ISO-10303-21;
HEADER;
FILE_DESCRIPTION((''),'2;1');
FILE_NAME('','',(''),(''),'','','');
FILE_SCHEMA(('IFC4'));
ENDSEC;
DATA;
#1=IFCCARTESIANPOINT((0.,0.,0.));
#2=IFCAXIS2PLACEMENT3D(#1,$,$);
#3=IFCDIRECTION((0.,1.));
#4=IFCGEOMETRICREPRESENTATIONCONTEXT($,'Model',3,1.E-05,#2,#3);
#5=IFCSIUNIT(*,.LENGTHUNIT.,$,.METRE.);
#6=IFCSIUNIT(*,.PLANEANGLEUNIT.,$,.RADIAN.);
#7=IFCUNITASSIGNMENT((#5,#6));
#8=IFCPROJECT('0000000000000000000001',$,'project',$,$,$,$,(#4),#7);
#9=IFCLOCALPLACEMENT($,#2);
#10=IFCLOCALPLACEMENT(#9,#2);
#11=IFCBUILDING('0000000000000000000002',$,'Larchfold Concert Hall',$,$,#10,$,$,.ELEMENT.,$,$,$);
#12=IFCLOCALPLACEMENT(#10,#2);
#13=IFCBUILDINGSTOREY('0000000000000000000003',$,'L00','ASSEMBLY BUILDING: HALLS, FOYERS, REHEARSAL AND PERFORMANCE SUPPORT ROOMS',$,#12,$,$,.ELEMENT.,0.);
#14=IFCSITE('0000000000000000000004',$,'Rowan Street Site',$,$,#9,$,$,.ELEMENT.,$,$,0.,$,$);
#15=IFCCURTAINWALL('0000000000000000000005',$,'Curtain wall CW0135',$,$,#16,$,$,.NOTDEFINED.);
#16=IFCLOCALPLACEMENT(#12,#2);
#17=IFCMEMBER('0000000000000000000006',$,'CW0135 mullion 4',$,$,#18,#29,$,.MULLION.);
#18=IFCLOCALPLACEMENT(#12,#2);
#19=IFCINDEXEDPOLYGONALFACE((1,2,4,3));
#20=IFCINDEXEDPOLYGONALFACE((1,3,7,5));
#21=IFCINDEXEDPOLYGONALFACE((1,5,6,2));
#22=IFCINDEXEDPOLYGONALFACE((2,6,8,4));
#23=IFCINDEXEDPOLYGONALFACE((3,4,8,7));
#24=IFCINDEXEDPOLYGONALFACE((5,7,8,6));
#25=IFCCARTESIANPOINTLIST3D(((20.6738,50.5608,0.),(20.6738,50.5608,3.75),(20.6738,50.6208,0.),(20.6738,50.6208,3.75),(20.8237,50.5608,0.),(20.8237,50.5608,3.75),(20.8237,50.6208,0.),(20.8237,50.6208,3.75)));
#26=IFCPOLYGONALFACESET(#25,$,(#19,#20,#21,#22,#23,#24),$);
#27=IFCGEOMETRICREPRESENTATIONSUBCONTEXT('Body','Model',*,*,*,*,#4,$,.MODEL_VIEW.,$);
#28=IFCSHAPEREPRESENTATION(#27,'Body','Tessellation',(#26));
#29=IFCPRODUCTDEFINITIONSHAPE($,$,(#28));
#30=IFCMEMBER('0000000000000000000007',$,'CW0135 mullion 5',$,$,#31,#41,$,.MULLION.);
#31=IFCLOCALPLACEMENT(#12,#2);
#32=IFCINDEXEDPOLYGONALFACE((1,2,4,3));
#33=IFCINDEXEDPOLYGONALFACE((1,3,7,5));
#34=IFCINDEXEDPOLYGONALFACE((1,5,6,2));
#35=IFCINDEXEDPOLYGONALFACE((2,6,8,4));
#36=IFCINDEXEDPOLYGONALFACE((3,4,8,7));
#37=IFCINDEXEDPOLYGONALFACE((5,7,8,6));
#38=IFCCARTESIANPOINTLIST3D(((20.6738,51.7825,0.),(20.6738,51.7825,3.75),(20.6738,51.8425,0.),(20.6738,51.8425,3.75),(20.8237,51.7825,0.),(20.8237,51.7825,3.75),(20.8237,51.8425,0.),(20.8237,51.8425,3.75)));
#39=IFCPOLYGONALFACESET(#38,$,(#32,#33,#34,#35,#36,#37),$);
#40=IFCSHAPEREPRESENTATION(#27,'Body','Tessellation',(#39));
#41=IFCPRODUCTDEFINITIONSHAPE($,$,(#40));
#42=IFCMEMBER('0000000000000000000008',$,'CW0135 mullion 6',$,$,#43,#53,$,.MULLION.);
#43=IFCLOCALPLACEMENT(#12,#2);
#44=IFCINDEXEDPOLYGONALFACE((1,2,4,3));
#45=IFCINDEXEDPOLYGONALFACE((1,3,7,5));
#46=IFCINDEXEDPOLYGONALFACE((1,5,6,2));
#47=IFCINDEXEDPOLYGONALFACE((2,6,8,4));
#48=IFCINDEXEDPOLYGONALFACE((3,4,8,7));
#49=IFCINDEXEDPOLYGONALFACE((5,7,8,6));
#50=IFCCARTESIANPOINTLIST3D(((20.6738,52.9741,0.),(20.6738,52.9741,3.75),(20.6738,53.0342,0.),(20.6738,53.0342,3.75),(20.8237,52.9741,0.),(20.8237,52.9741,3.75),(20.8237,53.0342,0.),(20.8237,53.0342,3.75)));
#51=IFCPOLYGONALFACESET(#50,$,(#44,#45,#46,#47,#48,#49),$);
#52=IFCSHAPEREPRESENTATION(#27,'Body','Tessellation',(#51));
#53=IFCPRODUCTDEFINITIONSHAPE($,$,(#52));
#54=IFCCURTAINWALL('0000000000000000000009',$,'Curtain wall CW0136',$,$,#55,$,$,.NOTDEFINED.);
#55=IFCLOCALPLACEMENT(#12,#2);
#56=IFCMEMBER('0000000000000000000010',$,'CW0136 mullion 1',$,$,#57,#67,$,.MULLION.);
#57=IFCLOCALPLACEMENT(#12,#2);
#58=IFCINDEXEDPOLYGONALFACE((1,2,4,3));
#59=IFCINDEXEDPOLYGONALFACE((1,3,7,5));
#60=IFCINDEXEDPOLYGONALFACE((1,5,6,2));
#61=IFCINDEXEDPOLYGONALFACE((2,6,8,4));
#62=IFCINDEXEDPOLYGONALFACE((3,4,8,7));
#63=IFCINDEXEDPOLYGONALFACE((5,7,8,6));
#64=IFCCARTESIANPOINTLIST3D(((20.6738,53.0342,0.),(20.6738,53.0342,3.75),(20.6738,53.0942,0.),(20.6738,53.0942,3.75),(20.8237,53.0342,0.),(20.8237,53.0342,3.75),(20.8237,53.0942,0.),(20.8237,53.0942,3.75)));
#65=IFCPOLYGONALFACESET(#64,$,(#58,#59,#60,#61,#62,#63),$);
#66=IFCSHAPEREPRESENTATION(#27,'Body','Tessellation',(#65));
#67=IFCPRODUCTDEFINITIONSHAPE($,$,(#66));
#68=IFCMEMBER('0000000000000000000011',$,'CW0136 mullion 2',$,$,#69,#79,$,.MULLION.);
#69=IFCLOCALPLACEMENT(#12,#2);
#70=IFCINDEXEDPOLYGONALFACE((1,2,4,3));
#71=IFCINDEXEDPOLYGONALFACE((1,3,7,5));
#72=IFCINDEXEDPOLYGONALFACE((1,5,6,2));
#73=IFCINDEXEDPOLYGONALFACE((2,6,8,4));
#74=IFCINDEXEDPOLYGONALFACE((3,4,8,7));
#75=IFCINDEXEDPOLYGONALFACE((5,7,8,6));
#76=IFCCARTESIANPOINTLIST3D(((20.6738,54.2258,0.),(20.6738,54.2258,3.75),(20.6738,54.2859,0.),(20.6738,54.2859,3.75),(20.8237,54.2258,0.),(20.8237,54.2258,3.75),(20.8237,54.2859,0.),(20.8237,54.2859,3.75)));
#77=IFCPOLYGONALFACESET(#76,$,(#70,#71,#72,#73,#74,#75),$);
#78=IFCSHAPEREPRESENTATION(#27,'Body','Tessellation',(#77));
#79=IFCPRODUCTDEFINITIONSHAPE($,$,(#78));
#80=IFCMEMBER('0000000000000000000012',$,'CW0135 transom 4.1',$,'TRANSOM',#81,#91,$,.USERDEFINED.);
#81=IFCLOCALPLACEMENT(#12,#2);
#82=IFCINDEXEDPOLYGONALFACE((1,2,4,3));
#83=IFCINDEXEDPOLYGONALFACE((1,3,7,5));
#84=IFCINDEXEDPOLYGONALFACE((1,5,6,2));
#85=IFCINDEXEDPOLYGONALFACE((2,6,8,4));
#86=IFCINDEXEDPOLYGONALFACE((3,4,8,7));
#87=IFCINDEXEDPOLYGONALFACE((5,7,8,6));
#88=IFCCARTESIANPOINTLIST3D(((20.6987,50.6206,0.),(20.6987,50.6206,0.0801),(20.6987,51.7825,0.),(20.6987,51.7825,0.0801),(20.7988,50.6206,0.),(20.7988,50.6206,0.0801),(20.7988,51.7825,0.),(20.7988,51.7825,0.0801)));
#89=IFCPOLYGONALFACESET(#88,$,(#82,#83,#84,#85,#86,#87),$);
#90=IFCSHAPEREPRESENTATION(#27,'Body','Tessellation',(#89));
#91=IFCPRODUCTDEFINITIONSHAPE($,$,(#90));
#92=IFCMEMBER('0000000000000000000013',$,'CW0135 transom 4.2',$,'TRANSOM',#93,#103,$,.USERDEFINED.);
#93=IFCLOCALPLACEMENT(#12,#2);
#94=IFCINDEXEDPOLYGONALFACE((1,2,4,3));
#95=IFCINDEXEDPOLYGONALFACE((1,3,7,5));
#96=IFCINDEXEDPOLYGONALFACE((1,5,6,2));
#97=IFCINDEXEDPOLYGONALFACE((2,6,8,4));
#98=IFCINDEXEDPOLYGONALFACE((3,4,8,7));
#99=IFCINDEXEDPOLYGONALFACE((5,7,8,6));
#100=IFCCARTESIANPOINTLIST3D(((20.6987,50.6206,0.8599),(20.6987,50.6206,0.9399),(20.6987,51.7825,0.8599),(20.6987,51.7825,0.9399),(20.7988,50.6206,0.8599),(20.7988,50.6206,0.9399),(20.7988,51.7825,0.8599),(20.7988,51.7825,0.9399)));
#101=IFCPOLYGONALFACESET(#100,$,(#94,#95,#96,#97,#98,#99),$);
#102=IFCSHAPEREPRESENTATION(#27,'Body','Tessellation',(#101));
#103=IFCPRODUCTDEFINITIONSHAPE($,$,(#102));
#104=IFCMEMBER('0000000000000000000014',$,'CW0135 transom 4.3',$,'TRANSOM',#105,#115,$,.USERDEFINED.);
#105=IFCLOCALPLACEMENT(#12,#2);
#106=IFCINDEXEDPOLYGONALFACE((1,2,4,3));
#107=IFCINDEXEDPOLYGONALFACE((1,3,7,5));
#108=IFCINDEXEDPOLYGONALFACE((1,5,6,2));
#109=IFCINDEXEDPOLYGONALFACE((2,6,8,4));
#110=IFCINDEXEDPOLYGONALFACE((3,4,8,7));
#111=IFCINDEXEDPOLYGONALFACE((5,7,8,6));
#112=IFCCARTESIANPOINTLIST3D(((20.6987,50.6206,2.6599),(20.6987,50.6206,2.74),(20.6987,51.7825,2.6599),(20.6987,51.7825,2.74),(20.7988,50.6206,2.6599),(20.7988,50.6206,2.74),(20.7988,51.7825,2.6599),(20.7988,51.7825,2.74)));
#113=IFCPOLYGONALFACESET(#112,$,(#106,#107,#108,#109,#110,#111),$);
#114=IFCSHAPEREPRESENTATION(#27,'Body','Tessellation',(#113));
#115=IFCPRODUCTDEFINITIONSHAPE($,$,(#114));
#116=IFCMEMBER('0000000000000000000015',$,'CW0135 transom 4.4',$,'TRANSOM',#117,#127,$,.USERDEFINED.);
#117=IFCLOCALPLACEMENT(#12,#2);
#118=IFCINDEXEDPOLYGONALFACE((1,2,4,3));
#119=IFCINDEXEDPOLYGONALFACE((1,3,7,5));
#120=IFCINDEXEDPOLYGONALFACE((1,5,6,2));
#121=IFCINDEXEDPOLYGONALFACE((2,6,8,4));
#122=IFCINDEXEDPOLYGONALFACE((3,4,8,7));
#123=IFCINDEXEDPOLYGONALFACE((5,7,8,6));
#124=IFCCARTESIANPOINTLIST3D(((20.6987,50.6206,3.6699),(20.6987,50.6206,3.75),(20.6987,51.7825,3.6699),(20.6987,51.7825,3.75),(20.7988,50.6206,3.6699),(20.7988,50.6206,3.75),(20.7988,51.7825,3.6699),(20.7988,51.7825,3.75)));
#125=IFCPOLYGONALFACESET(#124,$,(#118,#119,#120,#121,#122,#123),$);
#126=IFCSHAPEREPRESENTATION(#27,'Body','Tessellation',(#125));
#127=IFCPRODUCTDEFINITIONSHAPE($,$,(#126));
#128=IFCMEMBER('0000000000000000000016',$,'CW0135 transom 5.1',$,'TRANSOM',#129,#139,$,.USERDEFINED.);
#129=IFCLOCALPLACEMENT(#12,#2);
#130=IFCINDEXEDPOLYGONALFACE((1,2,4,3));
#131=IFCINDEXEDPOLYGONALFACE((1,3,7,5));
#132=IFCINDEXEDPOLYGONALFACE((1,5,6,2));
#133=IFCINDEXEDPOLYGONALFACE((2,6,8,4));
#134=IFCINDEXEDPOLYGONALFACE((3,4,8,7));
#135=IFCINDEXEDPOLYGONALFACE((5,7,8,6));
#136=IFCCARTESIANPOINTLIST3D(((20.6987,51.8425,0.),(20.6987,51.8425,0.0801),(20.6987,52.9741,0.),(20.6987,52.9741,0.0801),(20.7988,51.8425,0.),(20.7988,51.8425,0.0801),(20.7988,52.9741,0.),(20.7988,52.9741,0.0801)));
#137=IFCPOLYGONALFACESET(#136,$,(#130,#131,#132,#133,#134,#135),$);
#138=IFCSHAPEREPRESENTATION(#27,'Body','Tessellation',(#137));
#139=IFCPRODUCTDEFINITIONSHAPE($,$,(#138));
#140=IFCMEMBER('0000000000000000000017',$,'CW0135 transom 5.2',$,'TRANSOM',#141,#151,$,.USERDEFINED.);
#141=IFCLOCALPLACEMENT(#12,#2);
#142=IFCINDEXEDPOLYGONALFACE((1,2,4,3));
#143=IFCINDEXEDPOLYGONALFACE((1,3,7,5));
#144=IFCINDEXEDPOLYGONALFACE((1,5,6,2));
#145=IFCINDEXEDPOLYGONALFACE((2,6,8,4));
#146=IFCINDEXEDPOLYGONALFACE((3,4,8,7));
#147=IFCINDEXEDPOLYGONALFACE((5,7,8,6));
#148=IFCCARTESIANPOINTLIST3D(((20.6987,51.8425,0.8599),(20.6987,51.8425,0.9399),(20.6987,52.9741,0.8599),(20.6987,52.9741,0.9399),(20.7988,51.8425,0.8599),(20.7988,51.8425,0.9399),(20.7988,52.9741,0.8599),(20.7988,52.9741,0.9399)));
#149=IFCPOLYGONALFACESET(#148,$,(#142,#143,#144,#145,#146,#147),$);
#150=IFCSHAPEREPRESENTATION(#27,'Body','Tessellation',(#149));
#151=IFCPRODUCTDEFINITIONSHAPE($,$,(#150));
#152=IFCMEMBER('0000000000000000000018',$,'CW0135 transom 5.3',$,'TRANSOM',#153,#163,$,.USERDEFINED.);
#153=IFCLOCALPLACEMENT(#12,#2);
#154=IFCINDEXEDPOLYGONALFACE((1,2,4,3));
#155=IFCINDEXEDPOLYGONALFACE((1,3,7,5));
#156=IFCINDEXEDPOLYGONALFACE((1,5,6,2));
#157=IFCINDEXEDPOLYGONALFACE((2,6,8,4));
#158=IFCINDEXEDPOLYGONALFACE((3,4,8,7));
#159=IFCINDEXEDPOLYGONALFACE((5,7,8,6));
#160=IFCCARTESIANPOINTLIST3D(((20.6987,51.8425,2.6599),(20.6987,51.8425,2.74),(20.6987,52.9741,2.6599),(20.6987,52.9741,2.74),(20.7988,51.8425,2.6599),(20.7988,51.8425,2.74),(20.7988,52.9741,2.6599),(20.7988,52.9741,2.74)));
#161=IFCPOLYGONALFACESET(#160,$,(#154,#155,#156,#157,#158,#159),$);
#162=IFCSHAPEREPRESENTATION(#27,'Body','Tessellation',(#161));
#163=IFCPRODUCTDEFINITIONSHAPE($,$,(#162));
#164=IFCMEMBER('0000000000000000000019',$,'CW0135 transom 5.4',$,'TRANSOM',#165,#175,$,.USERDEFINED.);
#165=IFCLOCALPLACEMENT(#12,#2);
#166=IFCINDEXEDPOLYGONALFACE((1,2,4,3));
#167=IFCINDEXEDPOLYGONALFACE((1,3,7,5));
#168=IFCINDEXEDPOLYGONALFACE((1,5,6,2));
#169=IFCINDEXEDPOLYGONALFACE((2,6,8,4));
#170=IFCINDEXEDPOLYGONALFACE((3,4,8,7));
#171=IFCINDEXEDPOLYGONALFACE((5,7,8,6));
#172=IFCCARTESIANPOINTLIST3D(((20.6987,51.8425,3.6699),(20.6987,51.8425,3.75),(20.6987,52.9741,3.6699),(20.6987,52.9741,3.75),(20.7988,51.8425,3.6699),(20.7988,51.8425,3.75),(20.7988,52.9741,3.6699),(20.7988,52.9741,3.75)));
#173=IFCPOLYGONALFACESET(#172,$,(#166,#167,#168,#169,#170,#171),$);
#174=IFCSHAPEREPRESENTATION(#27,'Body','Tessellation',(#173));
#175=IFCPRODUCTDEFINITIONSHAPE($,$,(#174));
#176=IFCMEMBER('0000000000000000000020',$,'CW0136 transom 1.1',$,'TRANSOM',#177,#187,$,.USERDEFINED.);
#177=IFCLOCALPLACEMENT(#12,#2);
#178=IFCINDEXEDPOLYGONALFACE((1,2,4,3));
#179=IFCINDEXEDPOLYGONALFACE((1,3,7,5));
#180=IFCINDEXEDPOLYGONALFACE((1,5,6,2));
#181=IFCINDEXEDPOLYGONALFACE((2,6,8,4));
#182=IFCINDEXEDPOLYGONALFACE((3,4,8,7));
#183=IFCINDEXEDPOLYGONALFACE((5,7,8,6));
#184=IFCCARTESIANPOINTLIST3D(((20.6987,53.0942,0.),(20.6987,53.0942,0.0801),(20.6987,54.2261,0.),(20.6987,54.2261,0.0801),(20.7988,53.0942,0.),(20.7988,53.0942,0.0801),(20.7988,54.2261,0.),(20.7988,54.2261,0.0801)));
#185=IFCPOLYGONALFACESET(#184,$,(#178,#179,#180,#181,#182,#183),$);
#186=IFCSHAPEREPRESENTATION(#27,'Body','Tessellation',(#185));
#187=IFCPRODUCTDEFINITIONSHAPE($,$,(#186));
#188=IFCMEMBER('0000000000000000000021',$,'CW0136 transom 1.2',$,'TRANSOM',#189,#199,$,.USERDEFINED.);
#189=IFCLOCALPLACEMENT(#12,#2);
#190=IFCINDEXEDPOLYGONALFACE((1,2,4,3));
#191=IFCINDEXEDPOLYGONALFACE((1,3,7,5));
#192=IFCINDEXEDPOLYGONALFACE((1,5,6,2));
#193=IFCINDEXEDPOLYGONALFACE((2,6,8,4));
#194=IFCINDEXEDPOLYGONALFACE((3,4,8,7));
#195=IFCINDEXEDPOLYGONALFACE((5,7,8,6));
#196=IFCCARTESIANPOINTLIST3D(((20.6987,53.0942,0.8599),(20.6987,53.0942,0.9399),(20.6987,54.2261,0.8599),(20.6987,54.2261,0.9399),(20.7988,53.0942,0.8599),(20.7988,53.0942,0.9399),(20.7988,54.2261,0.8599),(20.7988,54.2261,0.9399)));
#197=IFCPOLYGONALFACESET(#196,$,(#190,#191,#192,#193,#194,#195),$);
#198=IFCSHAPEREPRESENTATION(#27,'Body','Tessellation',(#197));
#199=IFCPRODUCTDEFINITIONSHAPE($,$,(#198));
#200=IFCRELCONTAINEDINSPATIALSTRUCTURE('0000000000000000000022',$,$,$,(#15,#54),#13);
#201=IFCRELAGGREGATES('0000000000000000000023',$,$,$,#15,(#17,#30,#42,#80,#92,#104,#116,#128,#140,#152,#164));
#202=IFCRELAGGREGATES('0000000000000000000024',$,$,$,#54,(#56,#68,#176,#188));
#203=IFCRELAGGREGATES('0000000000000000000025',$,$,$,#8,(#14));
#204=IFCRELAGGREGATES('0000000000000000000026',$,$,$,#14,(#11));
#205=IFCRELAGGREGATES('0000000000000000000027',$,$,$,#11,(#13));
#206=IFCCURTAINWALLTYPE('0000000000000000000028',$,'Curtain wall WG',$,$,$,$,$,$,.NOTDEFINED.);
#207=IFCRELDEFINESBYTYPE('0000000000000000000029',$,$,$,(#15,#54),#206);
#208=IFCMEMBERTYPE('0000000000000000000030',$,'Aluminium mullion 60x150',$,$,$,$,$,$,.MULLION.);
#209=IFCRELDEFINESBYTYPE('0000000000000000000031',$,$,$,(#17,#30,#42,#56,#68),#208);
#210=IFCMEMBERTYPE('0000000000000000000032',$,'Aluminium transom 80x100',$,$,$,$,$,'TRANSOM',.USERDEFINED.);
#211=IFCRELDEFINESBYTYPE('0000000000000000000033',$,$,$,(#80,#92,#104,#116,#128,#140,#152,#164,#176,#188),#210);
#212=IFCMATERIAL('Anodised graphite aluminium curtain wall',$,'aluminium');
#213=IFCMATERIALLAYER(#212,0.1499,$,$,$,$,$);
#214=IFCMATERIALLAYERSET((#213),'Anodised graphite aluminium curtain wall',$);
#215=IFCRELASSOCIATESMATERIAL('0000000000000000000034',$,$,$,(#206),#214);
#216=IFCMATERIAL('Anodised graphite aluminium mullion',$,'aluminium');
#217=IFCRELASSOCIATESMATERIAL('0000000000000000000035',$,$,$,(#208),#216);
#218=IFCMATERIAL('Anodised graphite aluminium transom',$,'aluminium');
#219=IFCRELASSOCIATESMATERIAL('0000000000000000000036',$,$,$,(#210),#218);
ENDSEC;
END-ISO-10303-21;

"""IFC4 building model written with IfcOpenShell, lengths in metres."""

from ifc_helpers import new_model, si_unit, direction, frame, origin, origin_2d, place, context, subcontext, project, spatial, rectangle, extrude, material, layer, layer_set, material_profile, profile_set, type_object, element, aggregate, save


model = new_model("IFC4")

# Units and contexts
model_context = context("Model", 3, precision=1e-05, world=origin(), true_north=direction((0.0, 1.0)))
body_context = subcontext(model_context, "Body", "Model", "MODEL_VIEW")
ifc_project = project(units=[si_unit("LENGTHUNIT", "METRE"), si_unit("PLANEANGLEUNIT", "RADIAN")], contexts=[model_context])

# Site, building, storey
site_placement = place(None, origin())
site = spatial("IfcSite", under=ifc_project, at=site_placement, Name="Rowan Street Site", CompositionType="ELEMENT", RefElevation=0.0)
building_placement = place(site_placement, origin())
building = spatial("IfcBuilding", under=site, at=building_placement, Name="Larchfold Concert Hall", CompositionType="ELEMENT")
storey_placement = place(building_placement, origin())
storey = spatial("IfcBuildingStorey", under=building, at=storey_placement, Name="L00", Description="ASSEMBLY BUILDING: HALLS, FOYERS, REHEARSAL AND PERFORMANCE SUPPORT ROOMS", CompositionType="ELEMENT", Elevation=0.0)

# Curtain walls, members
ifc_material_1 = material(Name="Anodised graphite aluminium curtain wall", Category="aluminium")
ifc_layer_1 = layer(ifc_material_1, 0.1499)
ifc_layer_set_1 = layer_set([ifc_layer_1], Name="Anodised graphite aluminium curtain wall")
curtain_wall_type = type_object("IfcCurtainWallType", Name="Curtain wall WG", PredefinedType="NOTDEFINED", material=ifc_layer_set_1)
curtain_wall_1_placement = place(storey_placement, origin())
curtain_wall_1 = element("IfcCurtainWall", 1, at=curtain_wall_1_placement, inside=storey, type_object=curtain_wall_type, Name="Curtain wall CW0135", PredefinedType="NOTDEFINED")
ifc_material_2 = material(Name="Anodised graphite aluminium mullion", Category="aluminium")
ifc_material_profile_1 = material_profile(ifc_material_2, rectangle(XDim=0.1499, YDim=0.0601, at=origin_2d()))
ifc_profile_set_1 = profile_set([ifc_material_profile_1], Name="Anodised graphite aluminium mullion")
member_type_1 = type_object("IfcMemberType", Name="Aluminium mullion 60x150", PredefinedType="MULLION", material=ifc_profile_set_1)
member_1_placement = place(storey_placement, frame((20.7488, 50.5908, 0.0), z_axis=(0.0, 0.0, 1.0), x_axis=(-1.0, 0.0, 0.0)))
member_1 = element("IfcMember", 2, at=member_1_placement, type_object=member_type_1, Name="CW0135 mullion 4", PredefinedType="MULLION", context=body_context, shape_type="SweptSolid", body=[
    extrude(rectangle(XDim=0.1499, YDim=0.0601, at=origin_2d()), origin(), (0.0, 0.0, 1.0), 3.75),
])
member_2_placement = place(storey_placement, frame((20.7488, 51.8125, 0.0), z_axis=(0.0, 0.0, 1.0), x_axis=(-1.0, 0.0, 0.0)))
member_2 = element("IfcMember", 3, at=member_2_placement, type_object=member_type_1, Name="CW0135 mullion 5", PredefinedType="MULLION", context=body_context, shape_type="SweptSolid", body=[
    extrude(rectangle(XDim=0.1499, YDim=0.0601, at=origin_2d()), origin(), (0.0, 0.0, 1.0), 3.75),
])
member_3_placement = place(storey_placement, frame((20.7488, 53.0042, 0.0), z_axis=(0.0, 0.0, 1.0), x_axis=(-1.0, 0.0, 0.0)))
member_3 = element("IfcMember", 4, at=member_3_placement, type_object=member_type_1, Name="CW0135 mullion 6", PredefinedType="MULLION", context=body_context, shape_type="SweptSolid", body=[
    extrude(rectangle(XDim=0.1499, YDim=0.0601, at=origin_2d()), origin(), (0.0, 0.0, 1.0), 3.75),
])
curtain_wall_2_placement = place(storey_placement, origin())
curtain_wall_2 = element("IfcCurtainWall", 5, at=curtain_wall_2_placement, inside=storey, type_object=curtain_wall_type, Name="Curtain wall CW0136", PredefinedType="NOTDEFINED")
member_4_placement = place(storey_placement, frame((20.7488, 53.0642, 0.0), z_axis=(0.0, 0.0, 1.0), x_axis=(-1.0, 0.0, 0.0)))
member_4 = element("IfcMember", 6, at=member_4_placement, type_object=member_type_1, Name="CW0136 mullion 1", PredefinedType="MULLION", context=body_context, shape_type="SweptSolid", body=[
    extrude(rectangle(XDim=0.1499, YDim=0.0601, at=origin_2d()), origin(), (0.0, 0.0, 1.0), 3.75),
])
member_5_placement = place(storey_placement, frame((20.7488, 54.2559, 0.0), z_axis=(0.0, 0.0, 1.0), x_axis=(-1.0, 0.0, 0.0)))
member_5 = element("IfcMember", 7, at=member_5_placement, type_object=member_type_1, Name="CW0136 mullion 2", PredefinedType="MULLION", context=body_context, shape_type="SweptSolid", body=[
    extrude(rectangle(XDim=0.1499, YDim=0.0601, at=origin_2d()), origin(), (0.0, 0.0, 1.0), 3.75),
])

# Members
ifc_material_3 = material(Name="Anodised graphite aluminium transom", Category="aluminium")
ifc_material_profile_2 = material_profile(ifc_material_3, rectangle(XDim=0.1001, YDim=0.0801, at=origin_2d()))
ifc_profile_set_2 = profile_set([ifc_material_profile_2], Name="Anodised graphite aluminium transom")
member_type_2 = type_object("IfcMemberType", Name="Aluminium transom 80x100", ElementType="TRANSOM", PredefinedType="USERDEFINED", material=ifc_profile_set_2)
member_6_placement = place(storey_placement, frame((20.7488, 50.6206, 0.04), z_axis=(0.0, 1.0, 0.0), x_axis=(-1.0, 0.0, 0.0)))
member_6 = element("IfcMember", 8, at=member_6_placement, type_object=member_type_2, Name="CW0135 transom 4.1", ObjectType="TRANSOM", PredefinedType="USERDEFINED", context=body_context, shape_type="SweptSolid", body=[
    extrude(rectangle(XDim=0.1001, YDim=0.0801, at=origin_2d()), origin(), (0.0, 0.0, 1.0), 1.1619),
])
member_7_placement = place(storey_placement, frame((20.7488, 50.6206, 0.8999), z_axis=(0.0, 1.0, 0.0), x_axis=(-1.0, 0.0, 0.0)))
member_7 = element("IfcMember", 9, at=member_7_placement, type_object=member_type_2, Name="CW0135 transom 4.2", ObjectType="TRANSOM", PredefinedType="USERDEFINED", context=body_context, shape_type="SweptSolid", body=[
    extrude(rectangle(XDim=0.1001, YDim=0.0801, at=origin_2d()), origin(), (0.0, 0.0, 1.0), 1.1619),
])
member_8_placement = place(storey_placement, frame((20.7488, 50.6206, 2.7), z_axis=(0.0, 1.0, 0.0), x_axis=(-1.0, 0.0, 0.0)))
member_8 = element("IfcMember", 10, at=member_8_placement, type_object=member_type_2, Name="CW0135 transom 4.3", ObjectType="TRANSOM", PredefinedType="USERDEFINED", context=body_context, shape_type="SweptSolid", body=[
    extrude(rectangle(XDim=0.1001, YDim=0.0801, at=origin_2d()), origin(), (0.0, 0.0, 1.0), 1.1619),
])
member_9_placement = place(storey_placement, frame((20.7488, 50.6206, 3.71), z_axis=(0.0, 1.0, 0.0), x_axis=(-1.0, 0.0, 0.0)))
member_9 = element("IfcMember", 11, at=member_9_placement, type_object=member_type_2, Name="CW0135 transom 4.4", ObjectType="TRANSOM", PredefinedType="USERDEFINED", context=body_context, shape_type="SweptSolid", body=[
    extrude(rectangle(XDim=0.1001, YDim=0.0801, at=origin_2d()), origin(), (0.0, 0.0, 1.0), 1.1619),
])
member_10_placement = place(storey_placement, frame((20.7488, 51.8425, 0.04), z_axis=(0.0, 1.0, 0.0), x_axis=(-1.0, 0.0, 0.0)))
member_10 = element("IfcMember", 12, at=member_10_placement, type_object=member_type_2, Name="CW0135 transom 5.1", ObjectType="TRANSOM", PredefinedType="USERDEFINED", context=body_context, shape_type="SweptSolid", body=[
    extrude(rectangle(XDim=0.1001, YDim=0.0801, at=origin_2d()), origin(), (0.0, 0.0, 1.0), 1.1316),
])
member_11_placement = place(storey_placement, frame((20.7488, 51.8425, 0.8999), z_axis=(0.0, 1.0, 0.0), x_axis=(-1.0, 0.0, 0.0)))
member_11 = element("IfcMember", 13, at=member_11_placement, type_object=member_type_2, Name="CW0135 transom 5.2", ObjectType="TRANSOM", PredefinedType="USERDEFINED", context=body_context, shape_type="SweptSolid", body=[
    extrude(rectangle(XDim=0.1001, YDim=0.0801, at=origin_2d()), origin(), (0.0, 0.0, 1.0), 1.1316),
])
member_12_placement = place(storey_placement, frame((20.7488, 51.8425, 2.7), z_axis=(0.0, 1.0, 0.0), x_axis=(-1.0, 0.0, 0.0)))
member_12 = element("IfcMember", 14, at=member_12_placement, type_object=member_type_2, Name="CW0135 transom 5.3", ObjectType="TRANSOM", PredefinedType="USERDEFINED", context=body_context, shape_type="SweptSolid", body=[
    extrude(rectangle(XDim=0.1001, YDim=0.0801, at=origin_2d()), origin(), (0.0, 0.0, 1.0), 1.1316),
])
member_13_placement = place(storey_placement, frame((20.7488, 51.8425, 3.71), z_axis=(0.0, 1.0, 0.0), x_axis=(-1.0, 0.0, 0.0)))
member_13 = element("IfcMember", 15, at=member_13_placement, type_object=member_type_2, Name="CW0135 transom 5.4", ObjectType="TRANSOM", PredefinedType="USERDEFINED", context=body_context, shape_type="SweptSolid", body=[
    extrude(rectangle(XDim=0.1001, YDim=0.0801, at=origin_2d()), origin(), (0.0, 0.0, 1.0), 1.1316),
])
member_14_placement = place(storey_placement, frame((20.7488, 53.0942, 0.04), z_axis=(0.0, 1.0, 0.0), x_axis=(-1.0, 0.0, 0.0)))
member_14 = element("IfcMember", 16, at=member_14_placement, type_object=member_type_2, Name="CW0136 transom 1.1", ObjectType="TRANSOM", PredefinedType="USERDEFINED", context=body_context, shape_type="SweptSolid", body=[
    extrude(rectangle(XDim=0.1001, YDim=0.0801, at=origin_2d()), origin(), (0.0, 0.0, 1.0), 1.1318),
])
member_15_placement = place(storey_placement, frame((20.7488, 53.0942, 0.8999), z_axis=(0.0, 1.0, 0.0), x_axis=(-1.0, 0.0, 0.0)))
member_15 = element("IfcMember", 17, at=member_15_placement, type_object=member_type_2, Name="CW0136 transom 1.2", ObjectType="TRANSOM", PredefinedType="USERDEFINED", context=body_context, shape_type="SweptSolid", body=[
    extrude(rectangle(XDim=0.1001, YDim=0.0801, at=origin_2d()), origin(), (0.0, 0.0, 1.0), 1.1318),
])

aggregate(curtain_wall_1, [member_1, member_2, member_3, member_6, member_7, member_8, member_9, member_10, member_11, member_12, member_13])
aggregate(curtain_wall_2, [member_4, member_5, member_14, member_15])

save(model, "model.ifc")
